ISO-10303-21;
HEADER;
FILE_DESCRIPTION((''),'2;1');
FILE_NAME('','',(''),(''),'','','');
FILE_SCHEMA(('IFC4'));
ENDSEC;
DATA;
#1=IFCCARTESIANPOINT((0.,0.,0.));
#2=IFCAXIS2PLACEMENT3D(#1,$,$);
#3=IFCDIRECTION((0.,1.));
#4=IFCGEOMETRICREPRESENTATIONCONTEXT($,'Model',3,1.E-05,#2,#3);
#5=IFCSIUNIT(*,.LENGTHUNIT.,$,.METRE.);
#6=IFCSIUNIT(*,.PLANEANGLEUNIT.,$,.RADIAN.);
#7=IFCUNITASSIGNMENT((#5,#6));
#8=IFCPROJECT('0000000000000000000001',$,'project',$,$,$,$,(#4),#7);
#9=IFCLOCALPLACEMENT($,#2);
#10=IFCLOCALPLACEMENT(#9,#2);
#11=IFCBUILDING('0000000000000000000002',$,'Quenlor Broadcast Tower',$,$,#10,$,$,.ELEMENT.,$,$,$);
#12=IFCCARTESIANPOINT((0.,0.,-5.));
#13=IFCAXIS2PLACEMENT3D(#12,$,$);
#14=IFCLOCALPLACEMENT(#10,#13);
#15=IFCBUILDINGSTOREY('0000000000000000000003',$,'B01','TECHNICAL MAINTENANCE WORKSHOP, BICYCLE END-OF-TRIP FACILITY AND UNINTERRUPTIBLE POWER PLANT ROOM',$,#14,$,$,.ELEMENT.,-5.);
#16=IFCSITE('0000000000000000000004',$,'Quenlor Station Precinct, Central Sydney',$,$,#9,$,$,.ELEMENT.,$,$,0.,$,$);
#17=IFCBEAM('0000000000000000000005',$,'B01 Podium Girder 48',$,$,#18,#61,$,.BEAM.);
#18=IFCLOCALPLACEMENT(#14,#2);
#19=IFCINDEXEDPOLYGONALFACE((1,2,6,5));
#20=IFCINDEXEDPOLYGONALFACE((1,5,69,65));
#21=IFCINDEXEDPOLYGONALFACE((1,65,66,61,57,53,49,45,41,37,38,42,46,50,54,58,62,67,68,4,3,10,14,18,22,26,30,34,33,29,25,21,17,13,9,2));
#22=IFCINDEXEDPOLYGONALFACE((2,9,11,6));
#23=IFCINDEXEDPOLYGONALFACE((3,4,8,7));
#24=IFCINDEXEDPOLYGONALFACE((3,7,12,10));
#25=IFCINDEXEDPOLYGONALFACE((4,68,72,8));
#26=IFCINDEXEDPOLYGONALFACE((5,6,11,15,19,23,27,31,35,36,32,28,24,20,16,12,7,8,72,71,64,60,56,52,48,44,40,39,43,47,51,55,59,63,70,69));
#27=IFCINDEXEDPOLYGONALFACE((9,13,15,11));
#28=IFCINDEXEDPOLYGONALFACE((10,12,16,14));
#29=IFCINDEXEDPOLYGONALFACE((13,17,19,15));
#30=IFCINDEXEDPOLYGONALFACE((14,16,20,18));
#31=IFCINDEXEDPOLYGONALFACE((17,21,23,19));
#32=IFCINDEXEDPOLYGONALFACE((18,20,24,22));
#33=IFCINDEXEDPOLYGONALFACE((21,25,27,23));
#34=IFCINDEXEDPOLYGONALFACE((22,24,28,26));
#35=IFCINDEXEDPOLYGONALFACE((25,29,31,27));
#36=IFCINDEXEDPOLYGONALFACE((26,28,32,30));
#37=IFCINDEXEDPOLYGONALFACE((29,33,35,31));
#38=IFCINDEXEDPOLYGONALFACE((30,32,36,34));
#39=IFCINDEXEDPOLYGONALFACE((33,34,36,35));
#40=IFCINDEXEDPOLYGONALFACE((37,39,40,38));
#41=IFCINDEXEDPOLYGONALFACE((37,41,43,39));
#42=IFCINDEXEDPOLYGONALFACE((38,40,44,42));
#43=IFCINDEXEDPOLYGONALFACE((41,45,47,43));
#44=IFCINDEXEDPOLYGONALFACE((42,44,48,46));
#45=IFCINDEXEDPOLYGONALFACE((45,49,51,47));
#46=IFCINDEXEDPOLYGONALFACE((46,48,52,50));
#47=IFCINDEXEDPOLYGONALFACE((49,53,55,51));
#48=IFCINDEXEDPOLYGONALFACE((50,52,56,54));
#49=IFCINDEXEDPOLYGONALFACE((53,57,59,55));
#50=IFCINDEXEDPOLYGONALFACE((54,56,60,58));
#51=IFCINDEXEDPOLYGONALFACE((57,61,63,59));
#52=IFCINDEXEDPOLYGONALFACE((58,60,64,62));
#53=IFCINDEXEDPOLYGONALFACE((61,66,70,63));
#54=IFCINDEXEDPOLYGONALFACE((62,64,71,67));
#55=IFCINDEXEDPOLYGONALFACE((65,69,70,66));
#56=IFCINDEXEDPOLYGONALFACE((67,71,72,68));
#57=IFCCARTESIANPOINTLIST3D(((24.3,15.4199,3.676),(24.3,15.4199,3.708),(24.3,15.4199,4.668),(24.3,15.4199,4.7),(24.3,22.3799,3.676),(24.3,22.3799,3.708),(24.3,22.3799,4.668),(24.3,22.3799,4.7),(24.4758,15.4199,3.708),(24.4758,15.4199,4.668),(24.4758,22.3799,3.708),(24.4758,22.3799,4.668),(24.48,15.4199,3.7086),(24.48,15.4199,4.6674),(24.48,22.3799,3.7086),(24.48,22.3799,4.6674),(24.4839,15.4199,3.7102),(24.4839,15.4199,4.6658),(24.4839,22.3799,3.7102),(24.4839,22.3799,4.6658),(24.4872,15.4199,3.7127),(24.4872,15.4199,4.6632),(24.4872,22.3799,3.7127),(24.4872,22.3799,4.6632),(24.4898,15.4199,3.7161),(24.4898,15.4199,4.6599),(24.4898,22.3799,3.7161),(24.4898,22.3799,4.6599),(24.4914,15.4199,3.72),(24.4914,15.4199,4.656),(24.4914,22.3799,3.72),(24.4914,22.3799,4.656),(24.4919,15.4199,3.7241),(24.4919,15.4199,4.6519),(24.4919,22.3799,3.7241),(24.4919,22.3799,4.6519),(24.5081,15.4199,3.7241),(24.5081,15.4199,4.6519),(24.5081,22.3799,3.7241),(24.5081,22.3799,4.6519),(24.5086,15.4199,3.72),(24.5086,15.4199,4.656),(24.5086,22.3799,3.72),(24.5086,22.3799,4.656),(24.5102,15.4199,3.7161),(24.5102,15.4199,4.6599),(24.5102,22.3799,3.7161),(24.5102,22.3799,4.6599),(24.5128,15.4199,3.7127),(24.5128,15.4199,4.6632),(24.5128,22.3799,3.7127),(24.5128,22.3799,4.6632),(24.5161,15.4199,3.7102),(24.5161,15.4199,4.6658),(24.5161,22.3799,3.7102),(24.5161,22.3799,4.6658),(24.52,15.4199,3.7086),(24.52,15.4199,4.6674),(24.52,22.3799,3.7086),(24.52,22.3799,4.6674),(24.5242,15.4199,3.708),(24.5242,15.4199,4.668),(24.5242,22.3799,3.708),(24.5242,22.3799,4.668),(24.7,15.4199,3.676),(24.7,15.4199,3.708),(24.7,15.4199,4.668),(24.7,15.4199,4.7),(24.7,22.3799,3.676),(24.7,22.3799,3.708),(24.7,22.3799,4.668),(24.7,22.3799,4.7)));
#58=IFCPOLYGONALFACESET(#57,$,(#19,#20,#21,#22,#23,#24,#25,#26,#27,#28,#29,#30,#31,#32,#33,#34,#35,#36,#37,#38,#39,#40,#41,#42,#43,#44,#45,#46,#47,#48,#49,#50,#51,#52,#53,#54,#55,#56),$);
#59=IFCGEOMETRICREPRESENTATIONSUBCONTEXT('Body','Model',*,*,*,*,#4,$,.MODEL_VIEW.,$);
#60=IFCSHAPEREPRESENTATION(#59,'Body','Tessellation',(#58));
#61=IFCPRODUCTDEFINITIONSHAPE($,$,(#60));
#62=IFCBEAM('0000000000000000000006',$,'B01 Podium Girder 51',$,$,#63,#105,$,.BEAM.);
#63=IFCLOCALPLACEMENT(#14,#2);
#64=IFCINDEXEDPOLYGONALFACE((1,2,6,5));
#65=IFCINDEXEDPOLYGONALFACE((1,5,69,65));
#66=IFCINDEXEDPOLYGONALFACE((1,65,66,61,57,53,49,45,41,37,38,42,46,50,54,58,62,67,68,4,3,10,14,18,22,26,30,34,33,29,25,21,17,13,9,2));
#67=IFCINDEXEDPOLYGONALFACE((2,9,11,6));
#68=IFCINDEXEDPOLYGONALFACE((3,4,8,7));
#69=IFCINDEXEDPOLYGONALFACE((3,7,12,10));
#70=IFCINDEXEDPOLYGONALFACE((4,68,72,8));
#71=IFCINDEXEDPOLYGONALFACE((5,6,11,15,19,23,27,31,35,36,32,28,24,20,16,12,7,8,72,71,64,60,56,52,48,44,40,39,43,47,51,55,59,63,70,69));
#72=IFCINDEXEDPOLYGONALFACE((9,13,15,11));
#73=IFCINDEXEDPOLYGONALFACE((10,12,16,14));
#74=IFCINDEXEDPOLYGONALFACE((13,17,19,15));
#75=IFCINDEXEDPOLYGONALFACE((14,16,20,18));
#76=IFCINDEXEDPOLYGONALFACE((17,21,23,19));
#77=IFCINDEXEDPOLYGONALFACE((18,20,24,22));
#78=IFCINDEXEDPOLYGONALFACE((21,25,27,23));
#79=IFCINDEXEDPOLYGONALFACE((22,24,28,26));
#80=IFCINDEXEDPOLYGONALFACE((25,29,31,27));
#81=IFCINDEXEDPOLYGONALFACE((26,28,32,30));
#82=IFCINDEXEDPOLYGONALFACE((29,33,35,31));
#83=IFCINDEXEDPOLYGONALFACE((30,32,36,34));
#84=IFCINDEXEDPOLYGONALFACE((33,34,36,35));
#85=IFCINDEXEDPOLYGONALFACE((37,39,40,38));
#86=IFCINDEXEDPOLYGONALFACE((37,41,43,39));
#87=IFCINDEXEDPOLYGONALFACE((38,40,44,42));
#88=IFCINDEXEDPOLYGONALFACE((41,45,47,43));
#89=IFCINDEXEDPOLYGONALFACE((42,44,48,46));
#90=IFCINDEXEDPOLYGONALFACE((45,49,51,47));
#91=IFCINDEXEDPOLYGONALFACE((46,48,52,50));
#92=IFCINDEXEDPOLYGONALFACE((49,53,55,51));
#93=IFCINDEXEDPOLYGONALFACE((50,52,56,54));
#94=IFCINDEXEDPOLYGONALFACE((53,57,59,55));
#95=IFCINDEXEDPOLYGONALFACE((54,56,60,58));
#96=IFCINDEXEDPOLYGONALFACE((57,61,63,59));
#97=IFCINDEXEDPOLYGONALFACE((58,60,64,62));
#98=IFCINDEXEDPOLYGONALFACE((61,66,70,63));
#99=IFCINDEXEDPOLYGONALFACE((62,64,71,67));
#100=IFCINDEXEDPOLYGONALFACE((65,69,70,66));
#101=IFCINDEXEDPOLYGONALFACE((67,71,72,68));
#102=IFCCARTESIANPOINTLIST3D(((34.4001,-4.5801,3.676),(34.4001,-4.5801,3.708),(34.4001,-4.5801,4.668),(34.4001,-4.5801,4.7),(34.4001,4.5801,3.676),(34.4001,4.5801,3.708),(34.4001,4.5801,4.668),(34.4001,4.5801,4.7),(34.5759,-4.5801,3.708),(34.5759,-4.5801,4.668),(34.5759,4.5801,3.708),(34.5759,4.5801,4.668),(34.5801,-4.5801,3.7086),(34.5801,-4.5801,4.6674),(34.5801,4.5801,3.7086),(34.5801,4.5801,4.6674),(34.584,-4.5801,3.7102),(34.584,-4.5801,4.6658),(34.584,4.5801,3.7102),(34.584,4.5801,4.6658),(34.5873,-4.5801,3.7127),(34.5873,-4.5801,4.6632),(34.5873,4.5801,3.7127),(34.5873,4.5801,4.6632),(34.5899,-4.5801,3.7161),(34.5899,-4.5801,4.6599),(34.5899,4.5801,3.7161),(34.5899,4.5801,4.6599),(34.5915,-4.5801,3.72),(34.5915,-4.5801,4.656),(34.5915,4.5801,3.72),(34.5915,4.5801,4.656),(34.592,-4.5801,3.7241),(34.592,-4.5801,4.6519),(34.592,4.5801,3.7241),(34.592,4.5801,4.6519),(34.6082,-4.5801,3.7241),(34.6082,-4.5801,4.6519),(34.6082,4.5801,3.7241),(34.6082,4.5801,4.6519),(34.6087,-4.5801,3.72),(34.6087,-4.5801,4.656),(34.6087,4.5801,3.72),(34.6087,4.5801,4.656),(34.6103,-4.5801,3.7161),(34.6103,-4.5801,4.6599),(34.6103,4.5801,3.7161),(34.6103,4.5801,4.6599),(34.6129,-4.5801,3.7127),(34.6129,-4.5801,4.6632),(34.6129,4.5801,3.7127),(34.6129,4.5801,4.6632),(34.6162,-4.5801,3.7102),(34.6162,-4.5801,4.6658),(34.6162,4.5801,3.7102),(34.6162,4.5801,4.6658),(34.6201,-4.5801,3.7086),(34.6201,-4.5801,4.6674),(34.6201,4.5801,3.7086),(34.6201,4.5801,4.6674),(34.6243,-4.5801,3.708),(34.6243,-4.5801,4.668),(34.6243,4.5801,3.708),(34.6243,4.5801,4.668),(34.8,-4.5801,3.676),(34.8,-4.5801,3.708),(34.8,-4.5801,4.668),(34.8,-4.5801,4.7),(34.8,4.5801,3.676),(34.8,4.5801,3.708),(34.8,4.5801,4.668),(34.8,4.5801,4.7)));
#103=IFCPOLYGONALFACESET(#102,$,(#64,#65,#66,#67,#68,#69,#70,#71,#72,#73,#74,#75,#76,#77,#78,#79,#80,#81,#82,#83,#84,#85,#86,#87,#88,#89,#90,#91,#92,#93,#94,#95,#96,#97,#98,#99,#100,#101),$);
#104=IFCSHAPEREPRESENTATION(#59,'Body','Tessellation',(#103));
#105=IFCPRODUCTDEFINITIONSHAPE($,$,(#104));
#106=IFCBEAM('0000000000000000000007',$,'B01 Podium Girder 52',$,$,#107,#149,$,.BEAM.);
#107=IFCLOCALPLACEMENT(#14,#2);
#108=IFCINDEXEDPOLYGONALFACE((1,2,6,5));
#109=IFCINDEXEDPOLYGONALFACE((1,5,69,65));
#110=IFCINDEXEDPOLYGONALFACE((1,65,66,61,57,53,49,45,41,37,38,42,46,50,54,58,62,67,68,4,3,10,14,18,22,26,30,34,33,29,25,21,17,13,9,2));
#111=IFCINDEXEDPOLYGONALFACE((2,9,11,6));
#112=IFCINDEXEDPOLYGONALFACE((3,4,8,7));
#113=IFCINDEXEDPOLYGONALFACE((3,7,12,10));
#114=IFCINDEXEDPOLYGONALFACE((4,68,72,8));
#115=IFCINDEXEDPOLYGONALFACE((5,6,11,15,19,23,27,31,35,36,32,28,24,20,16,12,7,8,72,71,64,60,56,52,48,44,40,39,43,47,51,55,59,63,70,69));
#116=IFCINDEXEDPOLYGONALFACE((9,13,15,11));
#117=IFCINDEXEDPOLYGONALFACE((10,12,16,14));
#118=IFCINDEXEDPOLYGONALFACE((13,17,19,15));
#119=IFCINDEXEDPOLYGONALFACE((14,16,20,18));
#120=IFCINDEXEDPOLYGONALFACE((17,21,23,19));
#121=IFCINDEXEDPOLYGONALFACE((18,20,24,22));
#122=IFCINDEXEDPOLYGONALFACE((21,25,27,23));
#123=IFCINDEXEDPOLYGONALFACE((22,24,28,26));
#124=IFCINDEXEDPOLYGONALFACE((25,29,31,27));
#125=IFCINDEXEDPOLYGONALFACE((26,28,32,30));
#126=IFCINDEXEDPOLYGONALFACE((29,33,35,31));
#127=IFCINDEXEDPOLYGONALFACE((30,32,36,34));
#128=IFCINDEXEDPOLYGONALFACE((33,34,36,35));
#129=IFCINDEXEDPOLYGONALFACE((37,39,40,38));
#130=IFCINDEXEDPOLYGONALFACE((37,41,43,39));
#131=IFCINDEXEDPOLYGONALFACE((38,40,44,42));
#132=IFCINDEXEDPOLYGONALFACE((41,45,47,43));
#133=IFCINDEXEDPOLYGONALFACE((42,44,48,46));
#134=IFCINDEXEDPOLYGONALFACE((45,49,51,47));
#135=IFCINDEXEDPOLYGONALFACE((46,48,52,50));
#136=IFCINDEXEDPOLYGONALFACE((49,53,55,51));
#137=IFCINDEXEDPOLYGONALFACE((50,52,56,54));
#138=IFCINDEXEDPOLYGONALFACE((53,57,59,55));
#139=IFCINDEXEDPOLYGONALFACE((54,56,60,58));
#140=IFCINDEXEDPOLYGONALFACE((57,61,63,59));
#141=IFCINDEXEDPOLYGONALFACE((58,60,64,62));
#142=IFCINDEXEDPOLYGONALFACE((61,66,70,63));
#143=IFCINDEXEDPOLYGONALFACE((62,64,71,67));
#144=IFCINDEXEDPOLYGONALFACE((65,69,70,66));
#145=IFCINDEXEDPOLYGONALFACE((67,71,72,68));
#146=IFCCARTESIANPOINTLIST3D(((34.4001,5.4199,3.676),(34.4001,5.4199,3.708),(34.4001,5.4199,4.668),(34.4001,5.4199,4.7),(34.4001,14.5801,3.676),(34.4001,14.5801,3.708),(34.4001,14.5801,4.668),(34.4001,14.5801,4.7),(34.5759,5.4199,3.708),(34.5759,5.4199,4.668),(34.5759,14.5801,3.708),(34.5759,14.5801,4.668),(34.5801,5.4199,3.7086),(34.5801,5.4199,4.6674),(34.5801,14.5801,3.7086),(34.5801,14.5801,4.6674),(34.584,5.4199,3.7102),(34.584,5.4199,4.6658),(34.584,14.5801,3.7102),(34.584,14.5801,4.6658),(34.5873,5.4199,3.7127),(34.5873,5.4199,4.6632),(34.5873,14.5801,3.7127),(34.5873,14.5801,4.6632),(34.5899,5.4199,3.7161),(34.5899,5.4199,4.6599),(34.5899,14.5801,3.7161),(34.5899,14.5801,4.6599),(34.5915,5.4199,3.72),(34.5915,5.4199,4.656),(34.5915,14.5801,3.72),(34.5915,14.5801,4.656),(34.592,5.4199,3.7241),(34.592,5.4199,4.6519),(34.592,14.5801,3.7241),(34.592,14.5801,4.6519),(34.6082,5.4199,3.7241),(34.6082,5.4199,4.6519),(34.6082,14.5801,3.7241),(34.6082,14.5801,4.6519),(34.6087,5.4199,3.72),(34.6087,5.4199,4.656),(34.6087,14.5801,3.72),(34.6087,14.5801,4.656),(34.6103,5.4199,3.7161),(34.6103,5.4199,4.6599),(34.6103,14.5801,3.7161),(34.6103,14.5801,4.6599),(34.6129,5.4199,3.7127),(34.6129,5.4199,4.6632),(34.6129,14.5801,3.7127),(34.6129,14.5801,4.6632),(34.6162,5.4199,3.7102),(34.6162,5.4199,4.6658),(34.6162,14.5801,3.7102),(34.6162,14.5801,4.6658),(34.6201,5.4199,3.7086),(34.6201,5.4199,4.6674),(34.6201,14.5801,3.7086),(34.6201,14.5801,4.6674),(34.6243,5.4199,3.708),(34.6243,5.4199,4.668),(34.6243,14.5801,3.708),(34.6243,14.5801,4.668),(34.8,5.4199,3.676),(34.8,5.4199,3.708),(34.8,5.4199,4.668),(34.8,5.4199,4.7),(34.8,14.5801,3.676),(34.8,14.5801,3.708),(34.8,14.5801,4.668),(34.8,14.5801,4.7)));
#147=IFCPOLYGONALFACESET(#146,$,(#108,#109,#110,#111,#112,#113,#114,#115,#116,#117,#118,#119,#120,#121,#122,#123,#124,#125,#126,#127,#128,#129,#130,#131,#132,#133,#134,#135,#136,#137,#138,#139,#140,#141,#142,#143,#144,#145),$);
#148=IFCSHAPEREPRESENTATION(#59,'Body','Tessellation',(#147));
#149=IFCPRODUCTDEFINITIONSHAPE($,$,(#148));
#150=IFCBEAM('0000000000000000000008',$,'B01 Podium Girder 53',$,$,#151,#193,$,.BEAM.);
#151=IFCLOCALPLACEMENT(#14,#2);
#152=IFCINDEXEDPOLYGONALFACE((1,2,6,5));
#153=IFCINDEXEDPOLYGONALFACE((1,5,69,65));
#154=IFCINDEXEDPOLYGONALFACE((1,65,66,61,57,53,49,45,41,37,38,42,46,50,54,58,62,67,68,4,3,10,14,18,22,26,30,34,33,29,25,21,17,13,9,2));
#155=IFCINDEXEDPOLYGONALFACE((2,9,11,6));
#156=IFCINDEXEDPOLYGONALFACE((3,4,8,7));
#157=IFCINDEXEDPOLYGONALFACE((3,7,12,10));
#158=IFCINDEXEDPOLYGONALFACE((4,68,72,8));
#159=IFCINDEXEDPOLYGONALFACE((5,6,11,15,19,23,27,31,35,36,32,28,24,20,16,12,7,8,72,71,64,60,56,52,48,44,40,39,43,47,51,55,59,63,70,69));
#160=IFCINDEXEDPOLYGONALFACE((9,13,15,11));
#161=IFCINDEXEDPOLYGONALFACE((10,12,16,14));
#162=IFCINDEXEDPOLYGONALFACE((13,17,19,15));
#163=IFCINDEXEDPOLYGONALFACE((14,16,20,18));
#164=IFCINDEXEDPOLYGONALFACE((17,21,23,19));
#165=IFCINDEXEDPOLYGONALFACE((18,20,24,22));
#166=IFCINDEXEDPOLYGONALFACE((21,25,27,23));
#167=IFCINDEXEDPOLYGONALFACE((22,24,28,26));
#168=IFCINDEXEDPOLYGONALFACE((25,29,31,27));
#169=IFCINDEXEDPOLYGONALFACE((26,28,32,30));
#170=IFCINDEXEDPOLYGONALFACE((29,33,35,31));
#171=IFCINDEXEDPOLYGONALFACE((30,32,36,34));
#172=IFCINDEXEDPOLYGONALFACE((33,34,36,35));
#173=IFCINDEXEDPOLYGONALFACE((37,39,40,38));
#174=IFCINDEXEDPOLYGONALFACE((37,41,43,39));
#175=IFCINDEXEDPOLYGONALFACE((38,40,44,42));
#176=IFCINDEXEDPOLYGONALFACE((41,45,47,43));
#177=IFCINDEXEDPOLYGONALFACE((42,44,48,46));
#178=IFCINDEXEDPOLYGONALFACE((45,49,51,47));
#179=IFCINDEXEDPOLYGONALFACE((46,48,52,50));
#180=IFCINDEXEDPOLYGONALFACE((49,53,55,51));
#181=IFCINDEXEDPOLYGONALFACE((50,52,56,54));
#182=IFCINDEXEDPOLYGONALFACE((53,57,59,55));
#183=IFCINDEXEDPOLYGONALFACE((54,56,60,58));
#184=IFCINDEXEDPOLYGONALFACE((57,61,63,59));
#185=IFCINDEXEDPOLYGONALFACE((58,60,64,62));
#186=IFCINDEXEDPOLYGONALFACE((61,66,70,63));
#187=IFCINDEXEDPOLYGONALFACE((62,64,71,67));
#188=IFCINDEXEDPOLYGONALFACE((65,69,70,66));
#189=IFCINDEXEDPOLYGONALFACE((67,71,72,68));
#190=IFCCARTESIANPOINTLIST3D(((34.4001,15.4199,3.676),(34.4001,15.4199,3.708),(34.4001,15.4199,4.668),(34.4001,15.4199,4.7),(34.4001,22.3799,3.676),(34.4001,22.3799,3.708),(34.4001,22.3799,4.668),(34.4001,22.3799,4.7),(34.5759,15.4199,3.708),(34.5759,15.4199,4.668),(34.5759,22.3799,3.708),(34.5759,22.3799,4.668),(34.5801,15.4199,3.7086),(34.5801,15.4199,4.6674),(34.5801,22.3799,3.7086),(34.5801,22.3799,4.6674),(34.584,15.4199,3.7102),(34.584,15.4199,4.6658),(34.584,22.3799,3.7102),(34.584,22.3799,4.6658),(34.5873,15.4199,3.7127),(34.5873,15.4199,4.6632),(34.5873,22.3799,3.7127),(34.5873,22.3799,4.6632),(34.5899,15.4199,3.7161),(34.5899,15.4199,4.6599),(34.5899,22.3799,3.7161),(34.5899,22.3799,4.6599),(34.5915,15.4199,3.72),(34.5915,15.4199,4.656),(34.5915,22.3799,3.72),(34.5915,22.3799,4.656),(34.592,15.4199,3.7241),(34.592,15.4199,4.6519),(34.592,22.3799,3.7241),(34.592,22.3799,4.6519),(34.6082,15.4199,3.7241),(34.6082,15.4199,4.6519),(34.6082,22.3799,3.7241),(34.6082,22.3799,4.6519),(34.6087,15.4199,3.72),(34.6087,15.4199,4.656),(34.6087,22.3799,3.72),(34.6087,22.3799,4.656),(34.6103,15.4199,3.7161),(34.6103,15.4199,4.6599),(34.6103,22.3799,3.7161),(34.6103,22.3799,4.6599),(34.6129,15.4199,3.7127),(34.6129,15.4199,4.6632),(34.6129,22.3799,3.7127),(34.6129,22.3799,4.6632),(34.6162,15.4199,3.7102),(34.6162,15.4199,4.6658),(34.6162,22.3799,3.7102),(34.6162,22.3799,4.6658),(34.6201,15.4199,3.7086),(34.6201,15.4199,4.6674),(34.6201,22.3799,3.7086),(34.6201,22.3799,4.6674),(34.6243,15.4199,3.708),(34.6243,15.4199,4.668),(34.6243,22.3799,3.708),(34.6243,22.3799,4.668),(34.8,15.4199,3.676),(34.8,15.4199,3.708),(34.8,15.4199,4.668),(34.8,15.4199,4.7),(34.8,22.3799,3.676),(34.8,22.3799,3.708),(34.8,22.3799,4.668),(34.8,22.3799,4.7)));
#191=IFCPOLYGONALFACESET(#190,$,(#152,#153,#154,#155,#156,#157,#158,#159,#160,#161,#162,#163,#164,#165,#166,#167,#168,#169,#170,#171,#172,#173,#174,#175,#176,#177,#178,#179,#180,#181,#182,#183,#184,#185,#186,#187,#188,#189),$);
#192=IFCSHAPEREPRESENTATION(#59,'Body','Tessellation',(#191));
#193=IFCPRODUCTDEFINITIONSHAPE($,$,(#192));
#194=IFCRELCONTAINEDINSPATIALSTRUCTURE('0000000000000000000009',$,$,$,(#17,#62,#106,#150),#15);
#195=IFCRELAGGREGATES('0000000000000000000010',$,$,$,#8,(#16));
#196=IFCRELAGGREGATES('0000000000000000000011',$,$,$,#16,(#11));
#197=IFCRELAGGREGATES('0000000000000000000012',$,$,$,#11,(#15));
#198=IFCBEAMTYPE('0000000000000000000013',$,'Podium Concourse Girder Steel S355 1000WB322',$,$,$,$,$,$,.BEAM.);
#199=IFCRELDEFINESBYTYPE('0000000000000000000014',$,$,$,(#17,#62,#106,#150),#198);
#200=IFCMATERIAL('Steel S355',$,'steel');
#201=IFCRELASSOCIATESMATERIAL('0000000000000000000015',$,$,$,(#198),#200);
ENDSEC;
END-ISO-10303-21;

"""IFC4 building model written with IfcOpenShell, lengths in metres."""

from ifc_helpers import new_model, si_unit, direction, frame, origin, origin_2d, place, context, subcontext, project, spatial, i_section, extrude, material, material_profile, profile_set, type_object, element, save


model = new_model("IFC4")

# Units and contexts
model_context = context("Model", 3, precision=1e-05, world=origin(), true_north=direction((0.0, 1.0)))
body_context = subcontext(model_context, "Body", "Model", "MODEL_VIEW")
ifc_project = project(units=[si_unit("LENGTHUNIT", "METRE"), si_unit("PLANEANGLEUNIT", "RADIAN")], contexts=[model_context])

# Site, building, storey
site_placement = place(None, origin())
site = spatial("IfcSite", under=ifc_project, at=site_placement, Name="Quenlor Station Precinct, Central Sydney", CompositionType="ELEMENT", RefElevation=0.0)
building_placement = place(site_placement, origin())
building = spatial("IfcBuilding", under=site, at=building_placement, Name="Quenlor Broadcast Tower", CompositionType="ELEMENT")
storey_placement = place(building_placement, frame((0.0, 0.0, -5.0)))
storey = spatial("IfcBuildingStorey", under=building, at=storey_placement, Name="B01", Description="TECHNICAL MAINTENANCE WORKSHOP, BICYCLE END-OF-TRIP FACILITY AND UNINTERRUPTIBLE POWER PLANT ROOM", CompositionType="ELEMENT", Elevation=-5.0)

# Beams
ifc_material_1 = material(Name="Steel S355", Category="steel")
ifc_material_profile_1 = material_profile(ifc_material_1, i_section(OverallWidth=0.3999, OverallDepth=1.0239, WebThickness=0.0161, FlangeThickness=0.032, FilletRadius=0.0161, at=origin_2d()))
ifc_profile_set_1 = profile_set([ifc_material_profile_1], Name="Steel S355 1000WB322")
beam_type_1 = type_object("IfcBeamType", Name="Podium Concourse Girder Steel S355 1000WB322", PredefinedType="BEAM", material=ifc_profile_set_1)
beam_1_placement = place(storey_placement, frame((24.5, 15.4199, 4.188), z_axis=(0.0, 1.0, 0.0), x_axis=(-1.0, 0.0, 0.0)))
element("IfcBeam", 1, at=beam_1_placement, inside=storey, type_object=beam_type_1, Name="B01 Podium Girder 48", PredefinedType="BEAM", context=body_context, shape_type="SweptSolid", body=[
    extrude(i_section(OverallWidth=0.3999, OverallDepth=1.0239, WebThickness=0.0161, FlangeThickness=0.032, FilletRadius=0.0161, at=origin_2d()), origin(), (0.0, 0.0, 1.0), 6.96),
])
for number, where, z_axis, x_axis, name in (
    (2, (34.6001, -4.5801, 4.188), (0.0, 1.0, 0.0), (-1.0, 0.0, 0.0), "B01 Podium Girder 51"),
    (3, (34.6001, 5.4199, 4.188), (0.0, 1.0, 0.0), (-1.0, 0.0, 0.0), "B01 Podium Girder 52"),
):
    element("IfcBeam", number, at=place(storey_placement, frame(where, z_axis=z_axis, x_axis=x_axis)), inside=storey, type_object=beam_type_1, Name=name, PredefinedType="BEAM", context=body_context, shape_type="SweptSolid", body=[
        extrude(i_section(OverallWidth=0.3999, OverallDepth=1.0239, WebThickness=0.0161, FlangeThickness=0.032, FilletRadius=0.0161, at=origin_2d()), origin(), (0.0, 0.0, 1.0), 9.1602),
    ])
beam_2_placement = place(storey_placement, frame((34.6001, 15.4199, 4.188), z_axis=(0.0, 1.0, 0.0), x_axis=(-1.0, 0.0, 0.0)))
element("IfcBeam", 4, at=beam_2_placement, inside=storey, type_object=beam_type_1, Name="B01 Podium Girder 53", PredefinedType="BEAM", context=body_context, shape_type="SweptSolid", body=[
    extrude(i_section(OverallWidth=0.3999, OverallDepth=1.0239, WebThickness=0.0161, FlangeThickness=0.032, FilletRadius=0.0161, at=origin_2d()), origin(), (0.0, 0.0, 1.0), 6.96),
])

save(model, "model.ifc")
